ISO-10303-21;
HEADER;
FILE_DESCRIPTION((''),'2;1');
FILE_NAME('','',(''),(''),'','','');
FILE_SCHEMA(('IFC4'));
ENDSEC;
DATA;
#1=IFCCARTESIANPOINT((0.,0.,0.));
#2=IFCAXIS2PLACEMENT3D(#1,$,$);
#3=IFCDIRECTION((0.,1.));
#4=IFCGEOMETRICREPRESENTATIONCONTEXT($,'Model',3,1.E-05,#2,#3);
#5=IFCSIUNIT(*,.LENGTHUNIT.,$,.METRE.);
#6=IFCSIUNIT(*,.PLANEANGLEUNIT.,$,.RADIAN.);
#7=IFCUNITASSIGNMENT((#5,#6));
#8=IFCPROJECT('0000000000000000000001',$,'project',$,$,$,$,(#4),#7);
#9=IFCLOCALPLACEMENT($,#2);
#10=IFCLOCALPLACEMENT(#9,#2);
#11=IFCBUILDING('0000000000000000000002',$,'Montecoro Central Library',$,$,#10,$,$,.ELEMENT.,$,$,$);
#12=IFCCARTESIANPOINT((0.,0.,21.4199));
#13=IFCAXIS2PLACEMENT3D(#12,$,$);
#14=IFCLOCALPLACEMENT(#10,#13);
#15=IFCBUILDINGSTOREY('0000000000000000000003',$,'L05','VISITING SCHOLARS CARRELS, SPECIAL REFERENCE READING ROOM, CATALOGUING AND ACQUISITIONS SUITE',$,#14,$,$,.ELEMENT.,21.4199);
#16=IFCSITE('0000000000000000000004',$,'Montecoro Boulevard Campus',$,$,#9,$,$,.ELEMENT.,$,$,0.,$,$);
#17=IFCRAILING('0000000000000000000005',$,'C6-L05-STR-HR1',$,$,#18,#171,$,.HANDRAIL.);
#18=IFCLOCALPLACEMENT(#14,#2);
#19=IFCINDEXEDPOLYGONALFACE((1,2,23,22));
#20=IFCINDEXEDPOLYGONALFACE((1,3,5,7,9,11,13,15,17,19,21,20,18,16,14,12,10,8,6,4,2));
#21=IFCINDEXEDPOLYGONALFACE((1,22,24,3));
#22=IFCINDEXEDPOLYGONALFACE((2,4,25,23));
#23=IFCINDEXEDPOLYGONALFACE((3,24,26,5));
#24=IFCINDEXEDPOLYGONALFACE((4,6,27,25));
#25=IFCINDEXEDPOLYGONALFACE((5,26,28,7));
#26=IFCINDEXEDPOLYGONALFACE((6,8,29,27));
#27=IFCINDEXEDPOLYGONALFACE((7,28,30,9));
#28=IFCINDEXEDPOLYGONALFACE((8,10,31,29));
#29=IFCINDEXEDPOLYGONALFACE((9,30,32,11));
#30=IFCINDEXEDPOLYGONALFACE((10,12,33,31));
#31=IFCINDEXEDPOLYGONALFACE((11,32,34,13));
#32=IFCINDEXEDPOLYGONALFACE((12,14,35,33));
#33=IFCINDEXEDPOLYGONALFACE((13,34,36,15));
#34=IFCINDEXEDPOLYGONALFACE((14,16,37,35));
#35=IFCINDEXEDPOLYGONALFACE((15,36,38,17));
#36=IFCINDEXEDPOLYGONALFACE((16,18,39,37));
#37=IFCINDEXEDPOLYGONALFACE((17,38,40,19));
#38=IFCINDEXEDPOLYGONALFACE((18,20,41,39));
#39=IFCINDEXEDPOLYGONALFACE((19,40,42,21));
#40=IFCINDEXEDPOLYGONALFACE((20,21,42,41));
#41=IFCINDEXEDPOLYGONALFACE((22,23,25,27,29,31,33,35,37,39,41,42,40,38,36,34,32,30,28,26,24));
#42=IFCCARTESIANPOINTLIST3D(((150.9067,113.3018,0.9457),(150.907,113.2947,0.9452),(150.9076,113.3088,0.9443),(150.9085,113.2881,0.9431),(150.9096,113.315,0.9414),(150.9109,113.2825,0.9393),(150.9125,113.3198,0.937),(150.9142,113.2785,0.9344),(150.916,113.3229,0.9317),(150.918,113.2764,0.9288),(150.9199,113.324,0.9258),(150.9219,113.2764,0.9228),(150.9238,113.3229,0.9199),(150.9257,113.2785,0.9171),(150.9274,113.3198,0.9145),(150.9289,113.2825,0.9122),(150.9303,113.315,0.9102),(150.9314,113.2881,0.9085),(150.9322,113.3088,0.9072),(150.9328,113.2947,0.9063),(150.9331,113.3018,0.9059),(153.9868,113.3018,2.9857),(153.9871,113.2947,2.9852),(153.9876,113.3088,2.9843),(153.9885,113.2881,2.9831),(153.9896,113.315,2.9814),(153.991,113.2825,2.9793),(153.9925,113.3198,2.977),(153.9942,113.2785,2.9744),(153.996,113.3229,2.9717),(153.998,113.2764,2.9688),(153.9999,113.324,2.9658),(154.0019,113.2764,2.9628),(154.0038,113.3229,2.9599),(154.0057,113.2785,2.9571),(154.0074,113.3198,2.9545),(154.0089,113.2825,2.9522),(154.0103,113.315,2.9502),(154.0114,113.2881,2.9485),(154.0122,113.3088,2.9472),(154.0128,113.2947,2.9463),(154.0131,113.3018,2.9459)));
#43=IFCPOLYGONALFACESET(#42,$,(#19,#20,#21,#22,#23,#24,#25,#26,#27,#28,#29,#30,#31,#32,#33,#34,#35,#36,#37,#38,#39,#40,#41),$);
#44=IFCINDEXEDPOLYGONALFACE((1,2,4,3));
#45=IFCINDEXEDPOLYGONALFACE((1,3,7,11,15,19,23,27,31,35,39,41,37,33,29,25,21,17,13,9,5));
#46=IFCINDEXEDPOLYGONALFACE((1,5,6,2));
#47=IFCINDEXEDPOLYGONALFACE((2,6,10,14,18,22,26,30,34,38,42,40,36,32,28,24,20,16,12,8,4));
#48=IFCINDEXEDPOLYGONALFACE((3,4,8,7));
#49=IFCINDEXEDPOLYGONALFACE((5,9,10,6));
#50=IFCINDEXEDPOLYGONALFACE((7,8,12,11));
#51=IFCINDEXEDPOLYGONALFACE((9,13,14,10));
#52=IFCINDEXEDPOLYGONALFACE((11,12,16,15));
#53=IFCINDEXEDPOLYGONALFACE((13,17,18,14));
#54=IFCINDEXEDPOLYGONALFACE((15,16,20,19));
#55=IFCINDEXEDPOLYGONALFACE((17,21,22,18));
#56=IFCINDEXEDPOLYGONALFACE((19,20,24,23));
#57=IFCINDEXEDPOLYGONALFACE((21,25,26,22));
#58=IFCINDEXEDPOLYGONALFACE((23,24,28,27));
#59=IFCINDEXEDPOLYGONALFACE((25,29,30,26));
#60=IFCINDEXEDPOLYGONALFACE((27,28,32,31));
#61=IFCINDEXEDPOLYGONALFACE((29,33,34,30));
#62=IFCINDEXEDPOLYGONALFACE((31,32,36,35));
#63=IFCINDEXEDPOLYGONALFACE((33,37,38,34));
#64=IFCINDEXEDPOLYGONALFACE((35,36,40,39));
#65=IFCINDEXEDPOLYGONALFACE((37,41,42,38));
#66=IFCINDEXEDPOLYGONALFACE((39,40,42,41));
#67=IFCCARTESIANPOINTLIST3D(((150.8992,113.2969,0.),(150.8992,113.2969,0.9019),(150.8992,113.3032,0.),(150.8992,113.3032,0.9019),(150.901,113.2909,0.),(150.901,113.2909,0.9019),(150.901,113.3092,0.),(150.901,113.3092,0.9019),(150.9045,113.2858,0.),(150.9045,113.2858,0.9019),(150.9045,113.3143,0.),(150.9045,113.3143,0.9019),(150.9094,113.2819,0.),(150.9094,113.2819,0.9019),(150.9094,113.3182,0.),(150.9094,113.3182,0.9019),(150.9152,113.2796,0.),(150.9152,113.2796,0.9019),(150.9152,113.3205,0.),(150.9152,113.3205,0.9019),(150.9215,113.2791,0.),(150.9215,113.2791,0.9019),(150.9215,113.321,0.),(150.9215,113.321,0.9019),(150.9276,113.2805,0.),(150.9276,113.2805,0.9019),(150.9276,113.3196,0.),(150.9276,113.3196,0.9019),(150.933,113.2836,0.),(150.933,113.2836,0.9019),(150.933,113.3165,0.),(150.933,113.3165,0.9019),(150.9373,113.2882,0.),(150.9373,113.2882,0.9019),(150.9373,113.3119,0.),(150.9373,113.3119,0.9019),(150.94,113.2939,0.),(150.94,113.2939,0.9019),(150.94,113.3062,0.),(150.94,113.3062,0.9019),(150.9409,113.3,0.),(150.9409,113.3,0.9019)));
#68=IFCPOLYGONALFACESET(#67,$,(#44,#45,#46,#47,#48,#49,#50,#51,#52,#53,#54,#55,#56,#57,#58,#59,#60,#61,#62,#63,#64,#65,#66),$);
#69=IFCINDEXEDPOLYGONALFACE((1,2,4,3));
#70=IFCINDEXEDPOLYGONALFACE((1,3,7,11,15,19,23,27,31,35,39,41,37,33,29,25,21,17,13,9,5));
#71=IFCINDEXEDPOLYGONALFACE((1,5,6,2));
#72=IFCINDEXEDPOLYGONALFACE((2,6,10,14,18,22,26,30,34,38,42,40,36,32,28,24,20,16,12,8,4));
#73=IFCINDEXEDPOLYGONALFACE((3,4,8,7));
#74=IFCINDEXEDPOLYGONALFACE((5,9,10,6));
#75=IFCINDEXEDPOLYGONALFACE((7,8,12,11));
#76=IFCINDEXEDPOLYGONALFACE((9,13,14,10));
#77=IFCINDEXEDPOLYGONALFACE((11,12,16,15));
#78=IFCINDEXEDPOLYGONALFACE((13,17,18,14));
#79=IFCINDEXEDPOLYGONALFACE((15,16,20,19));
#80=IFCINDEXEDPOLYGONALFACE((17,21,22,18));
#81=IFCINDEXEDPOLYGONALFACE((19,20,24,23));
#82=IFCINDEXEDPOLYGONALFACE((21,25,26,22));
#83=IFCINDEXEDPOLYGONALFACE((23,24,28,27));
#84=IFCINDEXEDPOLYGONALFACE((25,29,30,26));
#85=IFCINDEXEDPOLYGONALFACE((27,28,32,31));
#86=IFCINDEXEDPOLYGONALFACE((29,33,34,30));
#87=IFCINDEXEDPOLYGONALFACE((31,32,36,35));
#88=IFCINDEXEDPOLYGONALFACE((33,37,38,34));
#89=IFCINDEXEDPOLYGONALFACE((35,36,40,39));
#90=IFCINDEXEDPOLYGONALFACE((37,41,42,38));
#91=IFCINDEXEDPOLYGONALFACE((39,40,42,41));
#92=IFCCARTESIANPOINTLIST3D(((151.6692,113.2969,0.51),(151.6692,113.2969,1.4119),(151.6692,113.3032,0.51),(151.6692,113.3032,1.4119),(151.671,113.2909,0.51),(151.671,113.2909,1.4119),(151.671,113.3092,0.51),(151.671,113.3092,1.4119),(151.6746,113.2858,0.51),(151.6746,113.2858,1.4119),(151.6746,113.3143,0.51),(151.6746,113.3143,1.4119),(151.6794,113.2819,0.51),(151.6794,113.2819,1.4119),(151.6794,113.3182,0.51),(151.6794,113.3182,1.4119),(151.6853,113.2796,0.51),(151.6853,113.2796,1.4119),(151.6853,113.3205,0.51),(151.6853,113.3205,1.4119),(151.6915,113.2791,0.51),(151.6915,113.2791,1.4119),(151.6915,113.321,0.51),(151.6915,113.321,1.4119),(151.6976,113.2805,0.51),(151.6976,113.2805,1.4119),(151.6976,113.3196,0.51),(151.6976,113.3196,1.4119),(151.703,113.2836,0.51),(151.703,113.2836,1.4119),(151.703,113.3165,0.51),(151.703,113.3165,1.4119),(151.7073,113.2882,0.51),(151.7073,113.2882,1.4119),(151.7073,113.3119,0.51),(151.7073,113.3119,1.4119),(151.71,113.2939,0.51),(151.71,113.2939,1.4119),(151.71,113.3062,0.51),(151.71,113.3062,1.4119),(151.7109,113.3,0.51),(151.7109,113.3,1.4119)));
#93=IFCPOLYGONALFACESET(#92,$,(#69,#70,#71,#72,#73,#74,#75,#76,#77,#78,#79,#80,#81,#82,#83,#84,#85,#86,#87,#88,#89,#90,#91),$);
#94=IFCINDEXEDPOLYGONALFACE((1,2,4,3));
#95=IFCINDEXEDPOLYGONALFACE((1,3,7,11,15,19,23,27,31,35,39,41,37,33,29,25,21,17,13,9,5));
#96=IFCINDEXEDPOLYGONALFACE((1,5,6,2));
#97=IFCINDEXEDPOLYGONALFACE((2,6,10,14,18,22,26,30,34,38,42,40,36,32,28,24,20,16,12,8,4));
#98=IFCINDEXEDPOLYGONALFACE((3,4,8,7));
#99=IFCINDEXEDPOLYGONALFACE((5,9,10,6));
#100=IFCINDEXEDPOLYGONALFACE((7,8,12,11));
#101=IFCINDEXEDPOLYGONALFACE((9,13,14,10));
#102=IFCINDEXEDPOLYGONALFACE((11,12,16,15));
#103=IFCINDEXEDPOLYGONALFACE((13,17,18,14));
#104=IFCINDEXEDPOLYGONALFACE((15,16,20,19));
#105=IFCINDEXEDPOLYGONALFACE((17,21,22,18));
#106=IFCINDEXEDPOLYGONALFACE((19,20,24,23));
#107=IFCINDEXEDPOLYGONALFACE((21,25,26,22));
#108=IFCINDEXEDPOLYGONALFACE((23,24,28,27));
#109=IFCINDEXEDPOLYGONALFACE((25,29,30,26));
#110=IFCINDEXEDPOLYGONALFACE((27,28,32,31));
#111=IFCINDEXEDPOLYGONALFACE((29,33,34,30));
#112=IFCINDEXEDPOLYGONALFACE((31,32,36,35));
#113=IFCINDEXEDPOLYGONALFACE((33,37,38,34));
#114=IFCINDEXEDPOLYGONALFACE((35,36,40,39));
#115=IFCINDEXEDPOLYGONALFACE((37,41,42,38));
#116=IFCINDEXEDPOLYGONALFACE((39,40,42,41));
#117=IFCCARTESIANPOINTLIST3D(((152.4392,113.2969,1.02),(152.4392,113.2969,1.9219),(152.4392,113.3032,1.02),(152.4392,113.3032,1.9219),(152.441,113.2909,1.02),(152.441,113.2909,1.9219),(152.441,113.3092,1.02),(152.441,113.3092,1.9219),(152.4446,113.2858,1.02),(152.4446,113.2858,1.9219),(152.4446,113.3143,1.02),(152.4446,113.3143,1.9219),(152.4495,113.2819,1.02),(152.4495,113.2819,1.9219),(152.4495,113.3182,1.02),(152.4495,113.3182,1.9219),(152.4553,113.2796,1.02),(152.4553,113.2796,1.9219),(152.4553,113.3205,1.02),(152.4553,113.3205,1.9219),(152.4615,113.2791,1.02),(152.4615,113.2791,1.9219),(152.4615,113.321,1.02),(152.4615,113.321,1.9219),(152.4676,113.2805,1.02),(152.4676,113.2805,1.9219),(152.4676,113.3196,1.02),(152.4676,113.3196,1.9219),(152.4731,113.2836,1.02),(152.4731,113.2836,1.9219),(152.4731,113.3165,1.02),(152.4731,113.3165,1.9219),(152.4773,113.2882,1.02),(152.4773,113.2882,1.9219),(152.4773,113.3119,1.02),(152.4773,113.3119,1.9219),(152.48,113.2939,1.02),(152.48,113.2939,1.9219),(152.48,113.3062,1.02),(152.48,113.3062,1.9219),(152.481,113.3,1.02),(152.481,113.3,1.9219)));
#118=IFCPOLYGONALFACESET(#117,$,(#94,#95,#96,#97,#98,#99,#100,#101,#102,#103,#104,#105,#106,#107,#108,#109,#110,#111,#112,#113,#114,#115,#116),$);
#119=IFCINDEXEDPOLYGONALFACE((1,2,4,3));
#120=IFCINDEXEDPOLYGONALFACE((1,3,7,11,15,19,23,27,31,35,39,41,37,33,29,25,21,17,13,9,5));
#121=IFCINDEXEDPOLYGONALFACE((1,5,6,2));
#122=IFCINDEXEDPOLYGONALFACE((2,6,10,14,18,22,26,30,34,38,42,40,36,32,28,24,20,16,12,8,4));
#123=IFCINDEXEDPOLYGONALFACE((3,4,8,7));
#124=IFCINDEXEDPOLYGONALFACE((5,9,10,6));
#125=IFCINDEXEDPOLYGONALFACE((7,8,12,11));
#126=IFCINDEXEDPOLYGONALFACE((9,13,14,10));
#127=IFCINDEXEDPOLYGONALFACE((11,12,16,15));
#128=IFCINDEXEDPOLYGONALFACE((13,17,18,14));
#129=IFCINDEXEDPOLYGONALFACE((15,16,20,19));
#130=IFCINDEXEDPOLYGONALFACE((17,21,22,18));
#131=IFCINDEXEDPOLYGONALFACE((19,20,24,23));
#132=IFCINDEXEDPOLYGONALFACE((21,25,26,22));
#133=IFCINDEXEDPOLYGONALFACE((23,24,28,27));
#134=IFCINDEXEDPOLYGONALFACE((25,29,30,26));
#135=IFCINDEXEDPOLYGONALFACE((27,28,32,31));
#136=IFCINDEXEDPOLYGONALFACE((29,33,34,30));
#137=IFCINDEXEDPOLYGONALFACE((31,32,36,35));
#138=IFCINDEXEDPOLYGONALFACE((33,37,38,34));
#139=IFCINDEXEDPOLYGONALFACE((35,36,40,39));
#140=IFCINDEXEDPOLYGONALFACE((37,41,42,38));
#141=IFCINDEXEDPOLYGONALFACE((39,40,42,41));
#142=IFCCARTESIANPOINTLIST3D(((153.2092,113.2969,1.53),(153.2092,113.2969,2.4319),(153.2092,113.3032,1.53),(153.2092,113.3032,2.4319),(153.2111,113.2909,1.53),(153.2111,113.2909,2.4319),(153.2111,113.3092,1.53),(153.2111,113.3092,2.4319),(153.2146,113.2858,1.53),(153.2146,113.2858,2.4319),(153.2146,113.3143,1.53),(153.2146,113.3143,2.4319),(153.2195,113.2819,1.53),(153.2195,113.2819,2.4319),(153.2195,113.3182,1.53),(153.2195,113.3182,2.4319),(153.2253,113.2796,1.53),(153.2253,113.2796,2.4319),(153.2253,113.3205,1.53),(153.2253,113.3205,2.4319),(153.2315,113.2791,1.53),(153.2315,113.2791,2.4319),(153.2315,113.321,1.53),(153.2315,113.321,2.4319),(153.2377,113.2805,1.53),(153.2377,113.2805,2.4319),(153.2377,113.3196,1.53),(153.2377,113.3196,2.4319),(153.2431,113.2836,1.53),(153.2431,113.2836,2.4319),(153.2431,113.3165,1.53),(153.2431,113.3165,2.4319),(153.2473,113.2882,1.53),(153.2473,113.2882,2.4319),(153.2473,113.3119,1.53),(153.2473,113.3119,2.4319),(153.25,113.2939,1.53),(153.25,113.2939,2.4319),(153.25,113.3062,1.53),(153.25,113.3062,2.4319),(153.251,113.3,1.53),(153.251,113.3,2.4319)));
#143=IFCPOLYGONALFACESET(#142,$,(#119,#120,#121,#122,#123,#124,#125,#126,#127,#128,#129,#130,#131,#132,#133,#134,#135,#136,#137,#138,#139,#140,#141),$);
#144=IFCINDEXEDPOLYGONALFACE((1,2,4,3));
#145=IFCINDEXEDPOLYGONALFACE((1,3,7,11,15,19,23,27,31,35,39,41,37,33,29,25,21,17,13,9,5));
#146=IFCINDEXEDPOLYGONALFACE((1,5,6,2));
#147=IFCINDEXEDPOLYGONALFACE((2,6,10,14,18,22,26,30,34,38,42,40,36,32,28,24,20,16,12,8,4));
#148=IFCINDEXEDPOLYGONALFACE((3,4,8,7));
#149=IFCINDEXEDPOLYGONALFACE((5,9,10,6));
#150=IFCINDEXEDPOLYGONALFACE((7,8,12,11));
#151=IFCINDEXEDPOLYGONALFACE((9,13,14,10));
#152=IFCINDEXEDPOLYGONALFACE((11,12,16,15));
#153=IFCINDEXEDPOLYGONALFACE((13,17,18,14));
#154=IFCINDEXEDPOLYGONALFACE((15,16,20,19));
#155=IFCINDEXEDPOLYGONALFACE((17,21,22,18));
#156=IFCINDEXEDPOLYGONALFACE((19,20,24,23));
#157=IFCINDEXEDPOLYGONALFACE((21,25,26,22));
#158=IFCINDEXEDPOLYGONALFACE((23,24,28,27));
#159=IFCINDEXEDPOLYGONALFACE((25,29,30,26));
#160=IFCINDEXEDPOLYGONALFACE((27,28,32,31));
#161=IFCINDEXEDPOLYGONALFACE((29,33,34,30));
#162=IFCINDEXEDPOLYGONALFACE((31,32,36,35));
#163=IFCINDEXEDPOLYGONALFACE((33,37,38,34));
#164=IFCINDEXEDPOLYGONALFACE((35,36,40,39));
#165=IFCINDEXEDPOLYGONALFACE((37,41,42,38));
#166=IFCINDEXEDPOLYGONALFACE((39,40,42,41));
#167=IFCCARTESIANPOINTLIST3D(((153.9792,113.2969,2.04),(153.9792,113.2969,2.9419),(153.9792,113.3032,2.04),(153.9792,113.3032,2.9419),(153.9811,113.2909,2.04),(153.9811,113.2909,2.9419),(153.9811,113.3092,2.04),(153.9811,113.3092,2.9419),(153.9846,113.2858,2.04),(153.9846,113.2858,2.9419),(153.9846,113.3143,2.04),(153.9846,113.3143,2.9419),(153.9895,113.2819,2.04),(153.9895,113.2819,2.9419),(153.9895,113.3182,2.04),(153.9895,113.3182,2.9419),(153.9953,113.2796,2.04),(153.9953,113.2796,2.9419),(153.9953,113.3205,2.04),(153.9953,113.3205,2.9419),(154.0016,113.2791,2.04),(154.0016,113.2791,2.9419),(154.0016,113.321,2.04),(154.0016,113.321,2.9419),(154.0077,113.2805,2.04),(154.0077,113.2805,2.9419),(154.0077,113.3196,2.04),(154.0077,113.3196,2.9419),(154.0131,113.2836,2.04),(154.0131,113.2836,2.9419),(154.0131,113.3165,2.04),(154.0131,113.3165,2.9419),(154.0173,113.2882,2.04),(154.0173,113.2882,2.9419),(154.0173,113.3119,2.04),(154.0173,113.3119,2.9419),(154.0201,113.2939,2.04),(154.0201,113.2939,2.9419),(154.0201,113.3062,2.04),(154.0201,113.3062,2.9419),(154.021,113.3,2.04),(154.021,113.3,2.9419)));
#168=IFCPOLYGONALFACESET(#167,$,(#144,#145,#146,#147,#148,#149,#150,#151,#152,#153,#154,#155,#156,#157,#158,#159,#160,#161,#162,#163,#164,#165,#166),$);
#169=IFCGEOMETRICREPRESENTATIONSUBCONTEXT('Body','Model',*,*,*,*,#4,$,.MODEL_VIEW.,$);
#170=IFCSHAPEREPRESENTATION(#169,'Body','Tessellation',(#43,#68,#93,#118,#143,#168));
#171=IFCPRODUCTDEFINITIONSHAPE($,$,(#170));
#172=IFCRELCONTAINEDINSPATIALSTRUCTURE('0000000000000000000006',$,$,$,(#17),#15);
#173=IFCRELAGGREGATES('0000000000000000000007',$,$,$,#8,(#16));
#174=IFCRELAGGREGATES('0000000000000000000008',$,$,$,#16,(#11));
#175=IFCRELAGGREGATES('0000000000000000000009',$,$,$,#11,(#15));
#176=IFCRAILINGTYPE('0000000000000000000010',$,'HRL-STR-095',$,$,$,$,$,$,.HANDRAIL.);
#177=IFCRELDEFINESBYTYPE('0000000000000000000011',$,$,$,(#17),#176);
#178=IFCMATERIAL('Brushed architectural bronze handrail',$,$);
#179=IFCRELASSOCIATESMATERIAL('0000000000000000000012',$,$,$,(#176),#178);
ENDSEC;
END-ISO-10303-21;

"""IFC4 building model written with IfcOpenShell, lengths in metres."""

from ifc_helpers import new_model, si_unit, direction, frame, origin, origin_2d, place, context, subcontext, project, spatial, circle, extrude, material, type_object, element, save


model = new_model("IFC4")

# Units and contexts
model_context = context("Model", 3, precision=1e-05, world=origin(), true_north=direction((0.0, 1.0)))
body_context = subcontext(model_context, "Body", "Model", "MODEL_VIEW")
ifc_project = project(units=[si_unit("LENGTHUNIT", "METRE"), si_unit("PLANEANGLEUNIT", "RADIAN")], contexts=[model_context])

# Site, building, storey
site_placement = place(None, origin())
site = spatial("IfcSite", under=ifc_project, at=site_placement, Name="Montecoro Boulevard Campus", CompositionType="ELEMENT", RefElevation=0.0)
building_placement = place(site_placement, origin())
building = spatial("IfcBuilding", under=site, at=building_placement, Name="Montecoro Central Library", CompositionType="ELEMENT")
storey_placement = place(building_placement, frame((0.0, 0.0, 21.4199)))
storey = spatial("IfcBuildingStorey", under=building, at=storey_placement, Name="L05", Description="VISITING SCHOLARS CARRELS, SPECIAL REFERENCE READING ROOM, CATALOGUING AND ACQUISITIONS SUITE", CompositionType="ELEMENT", Elevation=21.4199)

# Railing
ifc_material_1 = material(Name="Brushed architectural bronze handrail")
railing_type_1 = type_object("IfcRailingType", Name="HRL-STR-095", PredefinedType="HANDRAIL", material=ifc_material_1)
railing_1_placement = place(storey_placement, frame((150.9199, 113.3, 0.0)))
element("IfcRailing", 1, at=railing_1_placement, inside=storey, type_object=railing_type_1, Name="C6-L05-STR-HR1", PredefinedType="HANDRAIL", context=body_context, shape_type="SweptSolid", body=[
    extrude(circle(Radius=0.0239, at=origin_2d()), frame((0.0, 0.0, 0.9258), z_axis=(0.833714, 0.0, 0.552197), x_axis=(0.0, 1.0, 0.0)), (0.0, 0.0, 1.0), 3.6943),
    extrude(circle(Radius=0.021, at=origin_2d()), origin(), (0.0, 0.0, 1.0), 0.9019),
    extrude(circle(Radius=0.021, at=origin_2d()), frame((0.77, 0.0, 0.51)), (0.0, 0.0, 1.0), 0.9019),
    extrude(circle(Radius=0.021, at=origin_2d()), frame((1.54, 0.0, 1.02)), (0.0, 0.0, 1.0), 0.9019),
    extrude(circle(Radius=0.021, at=origin_2d()), frame((2.3101, 0.0, 1.53)), (0.0, 0.0, 1.0), 0.9019),
    extrude(circle(Radius=0.021, at=origin_2d()), frame((3.0801, 0.0, 2.04)), (0.0, 0.0, 1.0), 0.9019),
])

save(model, "model.ifc")
